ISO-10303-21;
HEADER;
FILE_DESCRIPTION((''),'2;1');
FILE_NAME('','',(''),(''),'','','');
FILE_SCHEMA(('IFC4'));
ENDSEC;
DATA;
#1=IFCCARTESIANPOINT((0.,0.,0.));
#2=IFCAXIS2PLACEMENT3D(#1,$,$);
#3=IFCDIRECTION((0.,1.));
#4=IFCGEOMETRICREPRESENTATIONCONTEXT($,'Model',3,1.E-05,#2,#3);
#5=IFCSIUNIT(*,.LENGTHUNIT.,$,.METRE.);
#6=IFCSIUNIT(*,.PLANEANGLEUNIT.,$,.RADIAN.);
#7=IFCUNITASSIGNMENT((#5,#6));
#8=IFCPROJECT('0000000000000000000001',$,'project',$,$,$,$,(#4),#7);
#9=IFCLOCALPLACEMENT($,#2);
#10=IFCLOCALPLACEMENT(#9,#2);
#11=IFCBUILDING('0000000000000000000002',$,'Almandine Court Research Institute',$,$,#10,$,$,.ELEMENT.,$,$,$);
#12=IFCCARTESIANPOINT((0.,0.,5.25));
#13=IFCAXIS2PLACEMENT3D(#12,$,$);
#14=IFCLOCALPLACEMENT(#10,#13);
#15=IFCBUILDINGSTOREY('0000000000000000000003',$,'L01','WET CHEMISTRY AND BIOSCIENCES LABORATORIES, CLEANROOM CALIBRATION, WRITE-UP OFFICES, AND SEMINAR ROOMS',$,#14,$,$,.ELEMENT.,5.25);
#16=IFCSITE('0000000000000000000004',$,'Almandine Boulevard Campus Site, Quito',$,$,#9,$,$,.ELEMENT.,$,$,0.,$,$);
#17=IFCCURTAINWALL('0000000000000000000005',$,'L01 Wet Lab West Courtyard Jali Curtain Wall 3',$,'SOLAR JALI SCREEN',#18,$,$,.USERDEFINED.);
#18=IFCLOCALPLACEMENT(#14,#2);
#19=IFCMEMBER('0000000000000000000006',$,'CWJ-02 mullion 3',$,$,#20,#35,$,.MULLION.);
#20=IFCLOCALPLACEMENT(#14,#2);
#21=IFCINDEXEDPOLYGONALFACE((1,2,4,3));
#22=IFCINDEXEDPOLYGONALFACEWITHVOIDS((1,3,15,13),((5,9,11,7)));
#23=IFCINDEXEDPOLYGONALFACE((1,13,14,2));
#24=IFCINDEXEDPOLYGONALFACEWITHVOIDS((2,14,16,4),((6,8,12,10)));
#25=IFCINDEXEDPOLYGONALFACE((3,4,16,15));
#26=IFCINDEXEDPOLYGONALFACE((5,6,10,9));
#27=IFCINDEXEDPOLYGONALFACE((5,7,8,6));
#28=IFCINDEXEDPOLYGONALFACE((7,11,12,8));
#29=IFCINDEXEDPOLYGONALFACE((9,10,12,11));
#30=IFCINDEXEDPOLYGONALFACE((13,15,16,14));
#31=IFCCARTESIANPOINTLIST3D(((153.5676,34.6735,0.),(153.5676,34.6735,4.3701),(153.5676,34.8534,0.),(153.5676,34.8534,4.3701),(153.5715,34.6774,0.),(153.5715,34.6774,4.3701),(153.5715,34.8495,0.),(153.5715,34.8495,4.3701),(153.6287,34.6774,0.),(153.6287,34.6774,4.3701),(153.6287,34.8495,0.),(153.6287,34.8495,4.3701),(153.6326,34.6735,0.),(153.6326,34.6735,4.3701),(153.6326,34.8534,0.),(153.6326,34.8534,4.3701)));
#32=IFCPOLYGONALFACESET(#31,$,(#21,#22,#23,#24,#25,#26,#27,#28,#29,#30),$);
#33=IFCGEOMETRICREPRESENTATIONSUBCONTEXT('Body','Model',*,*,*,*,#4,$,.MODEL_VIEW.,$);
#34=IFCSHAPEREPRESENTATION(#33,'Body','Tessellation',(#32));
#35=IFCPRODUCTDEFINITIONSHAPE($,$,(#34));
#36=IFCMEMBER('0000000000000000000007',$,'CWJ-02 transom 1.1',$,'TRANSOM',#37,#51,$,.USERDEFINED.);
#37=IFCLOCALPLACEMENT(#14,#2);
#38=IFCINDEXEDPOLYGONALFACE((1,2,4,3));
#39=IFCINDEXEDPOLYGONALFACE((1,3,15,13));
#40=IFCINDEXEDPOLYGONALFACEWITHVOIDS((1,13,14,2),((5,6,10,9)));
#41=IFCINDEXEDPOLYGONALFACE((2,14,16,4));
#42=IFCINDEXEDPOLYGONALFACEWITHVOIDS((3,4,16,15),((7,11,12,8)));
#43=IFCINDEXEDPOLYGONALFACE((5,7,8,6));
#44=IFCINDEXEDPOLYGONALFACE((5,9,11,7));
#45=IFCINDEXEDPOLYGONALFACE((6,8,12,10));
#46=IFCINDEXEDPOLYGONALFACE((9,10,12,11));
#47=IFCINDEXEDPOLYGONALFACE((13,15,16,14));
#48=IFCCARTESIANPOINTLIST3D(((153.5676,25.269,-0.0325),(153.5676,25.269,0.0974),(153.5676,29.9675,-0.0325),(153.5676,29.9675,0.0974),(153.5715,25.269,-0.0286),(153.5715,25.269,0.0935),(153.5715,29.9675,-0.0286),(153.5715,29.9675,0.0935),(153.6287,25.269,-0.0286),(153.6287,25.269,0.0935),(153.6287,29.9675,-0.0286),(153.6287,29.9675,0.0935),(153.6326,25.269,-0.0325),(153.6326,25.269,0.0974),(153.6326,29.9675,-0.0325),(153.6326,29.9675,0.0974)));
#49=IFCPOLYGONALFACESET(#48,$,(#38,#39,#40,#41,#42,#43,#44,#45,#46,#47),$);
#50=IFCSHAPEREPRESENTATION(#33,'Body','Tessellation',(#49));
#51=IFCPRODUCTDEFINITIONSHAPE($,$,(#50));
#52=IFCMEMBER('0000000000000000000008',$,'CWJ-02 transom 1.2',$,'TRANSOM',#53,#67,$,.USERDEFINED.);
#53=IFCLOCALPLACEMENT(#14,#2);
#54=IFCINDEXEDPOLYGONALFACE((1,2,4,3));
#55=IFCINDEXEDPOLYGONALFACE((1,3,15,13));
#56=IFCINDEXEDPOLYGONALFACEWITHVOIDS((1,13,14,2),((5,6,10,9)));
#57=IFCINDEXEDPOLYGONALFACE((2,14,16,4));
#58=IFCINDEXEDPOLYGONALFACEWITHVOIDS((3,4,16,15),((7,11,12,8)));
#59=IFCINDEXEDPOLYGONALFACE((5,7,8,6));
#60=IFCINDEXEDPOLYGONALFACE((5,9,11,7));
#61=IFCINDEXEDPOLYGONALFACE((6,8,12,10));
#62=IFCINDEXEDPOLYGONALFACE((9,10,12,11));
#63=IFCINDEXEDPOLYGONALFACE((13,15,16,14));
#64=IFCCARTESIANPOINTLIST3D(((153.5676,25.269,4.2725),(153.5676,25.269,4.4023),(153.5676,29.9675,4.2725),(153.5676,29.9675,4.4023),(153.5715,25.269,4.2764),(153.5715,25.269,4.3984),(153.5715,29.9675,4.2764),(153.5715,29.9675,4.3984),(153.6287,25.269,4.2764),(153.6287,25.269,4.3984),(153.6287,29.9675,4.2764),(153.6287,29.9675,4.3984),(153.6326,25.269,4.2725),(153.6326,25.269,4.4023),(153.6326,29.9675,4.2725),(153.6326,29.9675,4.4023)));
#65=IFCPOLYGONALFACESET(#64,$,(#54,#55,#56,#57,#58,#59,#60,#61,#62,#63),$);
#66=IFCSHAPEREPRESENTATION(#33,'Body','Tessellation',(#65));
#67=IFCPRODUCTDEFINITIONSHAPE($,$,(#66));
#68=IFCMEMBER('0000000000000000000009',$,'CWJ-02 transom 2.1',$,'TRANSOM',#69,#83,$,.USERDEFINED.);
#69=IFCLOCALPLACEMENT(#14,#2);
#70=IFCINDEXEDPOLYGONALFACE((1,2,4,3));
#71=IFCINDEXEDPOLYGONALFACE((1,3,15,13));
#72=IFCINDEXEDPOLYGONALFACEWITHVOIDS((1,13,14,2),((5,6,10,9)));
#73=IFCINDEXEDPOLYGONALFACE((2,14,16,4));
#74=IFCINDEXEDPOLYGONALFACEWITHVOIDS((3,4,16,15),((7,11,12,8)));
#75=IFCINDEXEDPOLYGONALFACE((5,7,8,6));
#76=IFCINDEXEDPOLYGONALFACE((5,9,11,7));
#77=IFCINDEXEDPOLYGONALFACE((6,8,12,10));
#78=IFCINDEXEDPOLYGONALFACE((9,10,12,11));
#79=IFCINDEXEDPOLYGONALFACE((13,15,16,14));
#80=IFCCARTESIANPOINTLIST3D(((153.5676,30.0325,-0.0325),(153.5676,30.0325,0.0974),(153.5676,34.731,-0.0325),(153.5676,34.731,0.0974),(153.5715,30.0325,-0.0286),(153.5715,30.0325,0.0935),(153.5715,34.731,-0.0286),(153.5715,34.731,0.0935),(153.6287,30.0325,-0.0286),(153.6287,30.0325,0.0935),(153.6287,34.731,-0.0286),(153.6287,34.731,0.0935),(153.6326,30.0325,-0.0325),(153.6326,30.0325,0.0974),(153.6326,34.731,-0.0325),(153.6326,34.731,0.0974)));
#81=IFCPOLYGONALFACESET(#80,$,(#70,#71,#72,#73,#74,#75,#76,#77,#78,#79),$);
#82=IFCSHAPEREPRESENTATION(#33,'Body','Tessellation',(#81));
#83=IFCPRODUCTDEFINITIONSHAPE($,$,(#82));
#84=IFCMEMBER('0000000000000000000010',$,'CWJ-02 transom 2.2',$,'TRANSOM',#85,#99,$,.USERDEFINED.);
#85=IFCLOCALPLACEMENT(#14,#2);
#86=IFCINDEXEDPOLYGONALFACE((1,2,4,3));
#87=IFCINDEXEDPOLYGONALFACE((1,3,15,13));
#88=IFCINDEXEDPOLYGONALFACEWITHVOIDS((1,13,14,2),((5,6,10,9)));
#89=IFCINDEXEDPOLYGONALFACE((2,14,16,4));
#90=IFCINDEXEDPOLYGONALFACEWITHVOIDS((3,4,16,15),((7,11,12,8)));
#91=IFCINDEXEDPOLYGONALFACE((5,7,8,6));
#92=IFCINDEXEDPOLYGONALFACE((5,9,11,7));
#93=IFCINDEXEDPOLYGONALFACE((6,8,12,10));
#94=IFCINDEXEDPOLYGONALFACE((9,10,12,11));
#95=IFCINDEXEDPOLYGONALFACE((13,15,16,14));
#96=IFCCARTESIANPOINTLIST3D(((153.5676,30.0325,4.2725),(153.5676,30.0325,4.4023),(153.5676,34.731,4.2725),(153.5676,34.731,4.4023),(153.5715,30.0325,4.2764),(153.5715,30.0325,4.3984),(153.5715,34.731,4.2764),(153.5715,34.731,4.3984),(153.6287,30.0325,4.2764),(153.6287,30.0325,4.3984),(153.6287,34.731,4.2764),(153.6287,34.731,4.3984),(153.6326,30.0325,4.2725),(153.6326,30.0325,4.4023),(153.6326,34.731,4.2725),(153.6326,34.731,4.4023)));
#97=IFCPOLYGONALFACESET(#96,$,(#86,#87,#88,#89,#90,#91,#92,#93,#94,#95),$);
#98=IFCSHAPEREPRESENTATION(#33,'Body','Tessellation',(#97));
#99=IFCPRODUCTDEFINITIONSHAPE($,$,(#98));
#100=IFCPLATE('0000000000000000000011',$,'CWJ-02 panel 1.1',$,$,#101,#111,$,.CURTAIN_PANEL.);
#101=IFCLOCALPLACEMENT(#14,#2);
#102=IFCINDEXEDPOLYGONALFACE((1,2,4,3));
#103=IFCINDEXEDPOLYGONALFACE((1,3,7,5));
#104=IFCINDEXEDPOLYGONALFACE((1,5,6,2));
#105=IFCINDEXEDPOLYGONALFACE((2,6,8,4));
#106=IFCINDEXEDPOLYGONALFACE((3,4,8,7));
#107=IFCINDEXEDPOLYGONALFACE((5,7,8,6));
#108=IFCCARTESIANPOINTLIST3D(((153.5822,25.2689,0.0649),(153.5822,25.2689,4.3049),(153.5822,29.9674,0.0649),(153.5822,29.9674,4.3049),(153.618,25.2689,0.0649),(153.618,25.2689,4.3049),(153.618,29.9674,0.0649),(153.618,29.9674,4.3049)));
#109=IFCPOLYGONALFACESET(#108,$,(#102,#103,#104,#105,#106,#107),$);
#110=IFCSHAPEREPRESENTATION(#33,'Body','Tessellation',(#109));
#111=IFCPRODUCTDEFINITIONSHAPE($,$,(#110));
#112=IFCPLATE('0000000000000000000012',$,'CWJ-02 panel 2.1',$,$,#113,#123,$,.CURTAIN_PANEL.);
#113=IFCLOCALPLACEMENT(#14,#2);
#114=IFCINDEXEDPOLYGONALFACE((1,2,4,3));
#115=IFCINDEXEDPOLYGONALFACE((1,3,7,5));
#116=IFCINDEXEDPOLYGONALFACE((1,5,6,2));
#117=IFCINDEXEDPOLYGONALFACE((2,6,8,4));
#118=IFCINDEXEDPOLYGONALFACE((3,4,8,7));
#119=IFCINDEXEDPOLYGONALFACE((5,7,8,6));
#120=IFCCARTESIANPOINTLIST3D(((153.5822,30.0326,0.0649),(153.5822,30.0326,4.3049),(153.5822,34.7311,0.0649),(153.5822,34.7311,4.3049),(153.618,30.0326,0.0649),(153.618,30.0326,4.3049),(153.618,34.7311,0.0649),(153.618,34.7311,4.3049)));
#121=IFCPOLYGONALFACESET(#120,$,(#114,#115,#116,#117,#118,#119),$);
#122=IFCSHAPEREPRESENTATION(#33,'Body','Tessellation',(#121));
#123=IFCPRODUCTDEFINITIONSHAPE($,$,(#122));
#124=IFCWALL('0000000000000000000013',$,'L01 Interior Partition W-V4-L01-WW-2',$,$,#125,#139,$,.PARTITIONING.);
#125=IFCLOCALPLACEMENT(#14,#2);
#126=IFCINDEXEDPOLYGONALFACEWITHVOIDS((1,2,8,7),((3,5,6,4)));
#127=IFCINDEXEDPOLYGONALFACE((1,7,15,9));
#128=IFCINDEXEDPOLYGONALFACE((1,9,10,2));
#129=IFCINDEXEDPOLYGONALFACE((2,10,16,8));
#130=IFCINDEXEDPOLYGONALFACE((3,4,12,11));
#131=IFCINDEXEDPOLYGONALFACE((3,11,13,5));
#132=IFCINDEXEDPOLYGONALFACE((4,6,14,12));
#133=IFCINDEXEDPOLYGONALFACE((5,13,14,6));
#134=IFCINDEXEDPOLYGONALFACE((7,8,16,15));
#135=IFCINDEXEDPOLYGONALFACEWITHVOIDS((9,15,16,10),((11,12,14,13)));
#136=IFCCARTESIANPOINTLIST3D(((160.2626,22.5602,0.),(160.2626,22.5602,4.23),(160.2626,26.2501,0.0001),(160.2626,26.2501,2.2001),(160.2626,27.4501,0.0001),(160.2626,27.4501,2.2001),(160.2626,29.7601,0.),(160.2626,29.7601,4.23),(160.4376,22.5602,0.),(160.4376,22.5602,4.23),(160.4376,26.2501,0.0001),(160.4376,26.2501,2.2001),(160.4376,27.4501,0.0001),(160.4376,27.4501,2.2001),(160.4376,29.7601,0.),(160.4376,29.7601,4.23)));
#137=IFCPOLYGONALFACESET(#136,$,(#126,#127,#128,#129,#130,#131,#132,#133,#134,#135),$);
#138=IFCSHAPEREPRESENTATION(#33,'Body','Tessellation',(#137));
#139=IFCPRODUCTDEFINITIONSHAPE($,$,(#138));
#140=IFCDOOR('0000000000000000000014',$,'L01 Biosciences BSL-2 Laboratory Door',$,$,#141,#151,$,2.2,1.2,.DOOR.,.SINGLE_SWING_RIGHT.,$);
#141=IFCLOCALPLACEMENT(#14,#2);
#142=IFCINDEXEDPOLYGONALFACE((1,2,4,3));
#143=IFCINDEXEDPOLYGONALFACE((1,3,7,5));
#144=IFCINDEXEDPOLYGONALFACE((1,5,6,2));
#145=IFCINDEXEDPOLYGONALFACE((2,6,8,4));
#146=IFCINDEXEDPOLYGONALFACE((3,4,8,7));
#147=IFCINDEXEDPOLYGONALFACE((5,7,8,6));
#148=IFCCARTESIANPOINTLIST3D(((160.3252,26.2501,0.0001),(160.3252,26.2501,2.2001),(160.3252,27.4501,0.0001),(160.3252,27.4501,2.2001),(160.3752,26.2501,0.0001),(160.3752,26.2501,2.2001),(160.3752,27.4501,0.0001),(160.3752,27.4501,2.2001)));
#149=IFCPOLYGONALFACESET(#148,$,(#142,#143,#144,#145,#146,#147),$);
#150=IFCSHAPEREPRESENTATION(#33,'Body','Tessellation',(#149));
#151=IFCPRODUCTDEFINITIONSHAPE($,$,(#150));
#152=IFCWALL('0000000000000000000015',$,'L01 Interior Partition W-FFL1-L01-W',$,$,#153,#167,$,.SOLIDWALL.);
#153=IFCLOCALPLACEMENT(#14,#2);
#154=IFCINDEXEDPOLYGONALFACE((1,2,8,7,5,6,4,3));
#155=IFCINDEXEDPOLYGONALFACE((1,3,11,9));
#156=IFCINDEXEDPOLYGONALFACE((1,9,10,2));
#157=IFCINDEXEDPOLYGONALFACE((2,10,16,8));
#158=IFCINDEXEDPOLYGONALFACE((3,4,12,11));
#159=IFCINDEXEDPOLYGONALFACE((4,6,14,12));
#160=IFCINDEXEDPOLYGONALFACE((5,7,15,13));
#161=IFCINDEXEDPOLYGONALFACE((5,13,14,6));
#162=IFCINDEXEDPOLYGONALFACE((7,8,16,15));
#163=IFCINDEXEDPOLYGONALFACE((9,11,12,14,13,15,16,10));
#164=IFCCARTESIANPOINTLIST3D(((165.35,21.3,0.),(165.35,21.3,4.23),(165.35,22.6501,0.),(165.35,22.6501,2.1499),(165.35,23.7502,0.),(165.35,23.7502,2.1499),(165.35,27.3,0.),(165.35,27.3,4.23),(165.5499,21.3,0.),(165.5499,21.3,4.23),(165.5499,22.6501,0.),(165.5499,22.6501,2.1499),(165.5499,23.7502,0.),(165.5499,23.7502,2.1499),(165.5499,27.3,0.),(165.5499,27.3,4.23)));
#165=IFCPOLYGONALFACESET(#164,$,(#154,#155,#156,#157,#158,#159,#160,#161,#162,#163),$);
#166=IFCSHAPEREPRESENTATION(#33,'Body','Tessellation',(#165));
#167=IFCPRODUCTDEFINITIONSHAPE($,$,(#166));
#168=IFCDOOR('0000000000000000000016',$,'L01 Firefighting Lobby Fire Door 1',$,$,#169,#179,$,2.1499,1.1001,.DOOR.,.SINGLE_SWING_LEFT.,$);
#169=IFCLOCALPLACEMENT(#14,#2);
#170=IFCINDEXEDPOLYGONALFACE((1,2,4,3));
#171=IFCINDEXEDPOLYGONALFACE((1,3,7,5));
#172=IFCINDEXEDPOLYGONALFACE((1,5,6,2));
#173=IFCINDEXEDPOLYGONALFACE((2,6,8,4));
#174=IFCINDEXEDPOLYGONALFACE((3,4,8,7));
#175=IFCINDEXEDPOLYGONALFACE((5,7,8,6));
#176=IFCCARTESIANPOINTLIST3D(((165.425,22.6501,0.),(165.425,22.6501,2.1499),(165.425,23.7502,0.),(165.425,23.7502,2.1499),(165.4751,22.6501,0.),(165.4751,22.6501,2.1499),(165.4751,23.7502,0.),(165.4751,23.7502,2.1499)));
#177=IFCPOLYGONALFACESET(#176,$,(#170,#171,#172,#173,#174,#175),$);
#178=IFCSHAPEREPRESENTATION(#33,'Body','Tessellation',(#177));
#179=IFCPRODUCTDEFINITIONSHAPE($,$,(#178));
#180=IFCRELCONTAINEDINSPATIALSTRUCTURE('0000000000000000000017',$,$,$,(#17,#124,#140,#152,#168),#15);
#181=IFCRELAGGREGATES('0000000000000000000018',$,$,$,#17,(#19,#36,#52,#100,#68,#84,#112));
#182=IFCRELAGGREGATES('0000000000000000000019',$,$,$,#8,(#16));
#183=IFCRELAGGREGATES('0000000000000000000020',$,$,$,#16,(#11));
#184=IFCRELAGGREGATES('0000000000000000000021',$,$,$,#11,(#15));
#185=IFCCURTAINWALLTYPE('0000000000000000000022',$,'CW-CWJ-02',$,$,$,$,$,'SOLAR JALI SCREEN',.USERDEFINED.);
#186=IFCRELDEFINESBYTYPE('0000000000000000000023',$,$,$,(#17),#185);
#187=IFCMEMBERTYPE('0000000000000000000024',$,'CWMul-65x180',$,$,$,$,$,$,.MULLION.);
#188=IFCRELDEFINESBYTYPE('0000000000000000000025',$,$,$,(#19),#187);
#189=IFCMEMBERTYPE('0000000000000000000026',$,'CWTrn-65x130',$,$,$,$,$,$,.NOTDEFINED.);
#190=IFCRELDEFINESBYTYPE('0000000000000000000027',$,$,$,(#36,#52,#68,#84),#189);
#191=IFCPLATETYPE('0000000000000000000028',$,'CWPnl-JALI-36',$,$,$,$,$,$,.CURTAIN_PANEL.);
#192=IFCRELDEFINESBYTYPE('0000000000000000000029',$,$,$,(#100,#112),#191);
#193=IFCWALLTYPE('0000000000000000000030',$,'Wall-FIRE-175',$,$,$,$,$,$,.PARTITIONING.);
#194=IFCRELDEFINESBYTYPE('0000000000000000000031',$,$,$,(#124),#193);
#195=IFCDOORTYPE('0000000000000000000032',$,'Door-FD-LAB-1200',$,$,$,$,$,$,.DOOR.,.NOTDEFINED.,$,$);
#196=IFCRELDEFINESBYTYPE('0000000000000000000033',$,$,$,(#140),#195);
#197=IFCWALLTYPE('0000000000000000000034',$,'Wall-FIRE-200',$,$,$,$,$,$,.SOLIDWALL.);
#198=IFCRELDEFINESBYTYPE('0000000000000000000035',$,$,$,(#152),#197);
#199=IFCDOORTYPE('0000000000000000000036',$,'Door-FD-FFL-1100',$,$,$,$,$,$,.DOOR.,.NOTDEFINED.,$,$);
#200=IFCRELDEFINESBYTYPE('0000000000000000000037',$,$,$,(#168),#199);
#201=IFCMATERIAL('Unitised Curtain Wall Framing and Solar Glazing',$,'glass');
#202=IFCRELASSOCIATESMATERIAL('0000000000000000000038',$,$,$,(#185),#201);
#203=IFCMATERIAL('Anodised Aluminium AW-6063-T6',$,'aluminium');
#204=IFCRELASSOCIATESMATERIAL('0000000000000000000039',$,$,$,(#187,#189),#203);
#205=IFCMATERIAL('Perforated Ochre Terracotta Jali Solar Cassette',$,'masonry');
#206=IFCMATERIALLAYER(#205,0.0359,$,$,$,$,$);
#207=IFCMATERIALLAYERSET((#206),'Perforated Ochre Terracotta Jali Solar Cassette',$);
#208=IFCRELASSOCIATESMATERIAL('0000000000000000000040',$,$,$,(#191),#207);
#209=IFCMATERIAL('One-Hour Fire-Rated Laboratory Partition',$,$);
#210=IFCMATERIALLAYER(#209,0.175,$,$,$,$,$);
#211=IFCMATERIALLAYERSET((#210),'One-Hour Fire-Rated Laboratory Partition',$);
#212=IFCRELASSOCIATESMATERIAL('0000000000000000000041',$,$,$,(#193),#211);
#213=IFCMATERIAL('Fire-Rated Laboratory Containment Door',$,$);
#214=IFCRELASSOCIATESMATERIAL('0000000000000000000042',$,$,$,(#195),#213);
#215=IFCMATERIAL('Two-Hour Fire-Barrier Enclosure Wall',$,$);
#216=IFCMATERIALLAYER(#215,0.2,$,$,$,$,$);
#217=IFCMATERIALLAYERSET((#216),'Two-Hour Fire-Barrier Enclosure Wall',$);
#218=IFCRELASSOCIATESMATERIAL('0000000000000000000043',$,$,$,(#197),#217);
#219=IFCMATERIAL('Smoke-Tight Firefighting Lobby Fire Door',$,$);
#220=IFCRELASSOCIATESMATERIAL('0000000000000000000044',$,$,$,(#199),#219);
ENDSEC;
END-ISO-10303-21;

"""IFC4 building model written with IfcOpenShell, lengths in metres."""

from ifc_helpers import new_model, si_unit, direction, frame, frame_2d, origin, origin_2d, place, context, subcontext, project, spatial, rectangle, hollow_rectangle, extrude, material, layer, layer_set, material_profile, profile_set, type_object, element, fill, aggregate, save


model = new_model("IFC4")

# Units and contexts
model_context = context("Model", 3, precision=1e-05, world=origin(), true_north=direction((0.0, 1.0)))
body_context = subcontext(model_context, "Body", "Model", "MODEL_VIEW")
ifc_project = project(units=[si_unit("LENGTHUNIT", "METRE"), si_unit("PLANEANGLEUNIT", "RADIAN")], contexts=[model_context])

# Site, building, storey
site_placement = place(None, origin())
site = spatial("IfcSite", under=ifc_project, at=site_placement, Name="Almandine Boulevard Campus Site, Quito", CompositionType="ELEMENT", RefElevation=0.0)
building_placement = place(site_placement, origin())
building = spatial("IfcBuilding", under=site, at=building_placement, Name="Almandine Court Research Institute", CompositionType="ELEMENT")
storey_placement = place(building_placement, frame((0.0, 0.0, 5.25)))
storey = spatial("IfcBuildingStorey", under=building, at=storey_placement, Name="L01", Description="WET CHEMISTRY AND BIOSCIENCES LABORATORIES, CLEANROOM CALIBRATION, WRITE-UP OFFICES, AND SEMINAR ROOMS", CompositionType="ELEMENT", Elevation=5.25)

# Curtain wall, members, plates
ifc_material_1 = material(Name="Unitised Curtain Wall Framing and Solar Glazing", Category="glass")
curtain_wall_type = type_object("IfcCurtainWallType", Name="CW-CWJ-02", ElementType="SOLAR JALI SCREEN", PredefinedType="USERDEFINED", material=ifc_material_1)
curtain_wall_placement = place(storey_placement, origin())
curtain_wall = element("IfcCurtainWall", 1, at=curtain_wall_placement, inside=storey, type_object=curtain_wall_type, Name="L01 Wet Lab West Courtyard Jali Curtain Wall 3", ObjectType="SOLAR JALI SCREEN", PredefinedType="USERDEFINED")
ifc_material_2 = material(Name="Anodised Aluminium AW-6063-T6", Category="aluminium")
ifc_material_profile_1 = material_profile(ifc_material_2, hollow_rectangle(XDim=0.0649, YDim=0.1799, WallThickness=0.0039, at=origin_2d()), Name="ALU RHS 65x180x4")
ifc_profile_set_1 = profile_set([ifc_material_profile_1], Name="Anodised Aluminium AW-6063-T6")
member_type_1 = type_object("IfcMemberType", Name="CWMul-65x180", PredefinedType="MULLION", material=ifc_profile_set_1)
member_1_placement = place(storey_placement, frame((153.6001, 34.7634, 0.0), z_axis=(0.0, 0.0, 1.0), x_axis=(-1.0, 0.0, 0.0)))
member_1 = element("IfcMember", 2, at=member_1_placement, type_object=member_type_1, Name="CWJ-02 mullion 3", PredefinedType="MULLION", context=body_context, shape_type="SweptSolid", body=[
    extrude(hollow_rectangle(XDim=0.0649, YDim=0.1799, WallThickness=0.0039, at=origin_2d()), origin(), (0.0, 0.0, 1.0), 4.3701),
])
ifc_material_profile_2 = material_profile(ifc_material_2, hollow_rectangle(XDim=0.0649, YDim=0.1299, WallThickness=0.0039, at=origin_2d()), Name="ALU RHS 65x130x4")
ifc_profile_set_2 = profile_set([ifc_material_profile_2], Name="Anodised Aluminium AW-6063-T6")
member_type_2 = type_object("IfcMemberType", Name="CWTrn-65x130", PredefinedType="NOTDEFINED", material=ifc_profile_set_2)
member_2_placement = place(storey_placement, frame((153.6001, 25.269, 0.0325), z_axis=(0.0, 1.0, 0.0), x_axis=(-1.0, 0.0, 0.0)))
member_2 = element("IfcMember", 3, at=member_2_placement, type_object=member_type_2, Name="CWJ-02 transom 1.1", ObjectType="TRANSOM", PredefinedType="USERDEFINED", context=body_context, shape_type="SweptSolid", body=[
    extrude(hollow_rectangle(XDim=0.0649, YDim=0.1299, WallThickness=0.0039, at=origin_2d()), origin(), (0.0, 0.0, 1.0), 4.6985),
])
member_3_placement = place(storey_placement, frame((153.6001, 25.269, 4.3374), z_axis=(0.0, 1.0, 0.0), x_axis=(-1.0, 0.0, 0.0)))
member_3 = element("IfcMember", 4, at=member_3_placement, type_object=member_type_2, Name="CWJ-02 transom 1.2", ObjectType="TRANSOM", PredefinedType="USERDEFINED", context=body_context, shape_type="SweptSolid", body=[
    extrude(hollow_rectangle(XDim=0.0649, YDim=0.1299, WallThickness=0.0039, at=origin_2d()), origin(), (0.0, 0.0, 1.0), 4.6985),
])
member_4_placement = place(storey_placement, frame((153.6001, 30.0325, 0.0325), z_axis=(0.0, 1.0, 0.0), x_axis=(-1.0, 0.0, 0.0)))
member_4 = element("IfcMember", 5, at=member_4_placement, type_object=member_type_2, Name="CWJ-02 transom 2.1", ObjectType="TRANSOM", PredefinedType="USERDEFINED", context=body_context, shape_type="SweptSolid", body=[
    extrude(hollow_rectangle(XDim=0.0649, YDim=0.1299, WallThickness=0.0039, at=origin_2d()), origin(), (0.0, 0.0, 1.0), 4.6985),
])
member_5_placement = place(storey_placement, frame((153.6001, 30.0325, 4.3374), z_axis=(0.0, 1.0, 0.0), x_axis=(-1.0, 0.0, 0.0)))
member_5 = element("IfcMember", 6, at=member_5_placement, type_object=member_type_2, Name="CWJ-02 transom 2.2", ObjectType="TRANSOM", PredefinedType="USERDEFINED", context=body_context, shape_type="SweptSolid", body=[
    extrude(hollow_rectangle(XDim=0.0649, YDim=0.1299, WallThickness=0.0039, at=origin_2d()), origin(), (0.0, 0.0, 1.0), 4.6985),
])
ifc_material_3 = material(Name="Perforated Ochre Terracotta Jali Solar Cassette", Category="masonry")
ifc_layer_1 = layer(ifc_material_3, 0.0359)
ifc_layer_set_1 = layer_set([ifc_layer_1], Name="Perforated Ochre Terracotta Jali Solar Cassette")
plate_type = type_object("IfcPlateType", Name="CWPnl-JALI-36", PredefinedType="CURTAIN_PANEL", material=ifc_layer_set_1)
plate_1_placement = place(storey_placement, frame((153.6001, 27.6182, 0.0649), z_axis=(0.0, 0.0, 1.0), x_axis=(0.0, 1.0, 0.0)))
plate_1 = element("IfcPlate", 7, at=plate_1_placement, type_object=plate_type, Name="CWJ-02 panel 1.1", PredefinedType="CURTAIN_PANEL", context=body_context, shape_type="SweptSolid", body=[
    extrude(rectangle(XDim=4.6985, YDim=0.0359, at=origin_2d()), origin(), (0.0, 0.0, 1.0), 4.24),
])
plate_2_placement = place(storey_placement, frame((153.6001, 32.3818, 0.0649), z_axis=(0.0, 0.0, 1.0), x_axis=(0.0, 1.0, 0.0)))
plate_2 = element("IfcPlate", 8, at=plate_2_placement, type_object=plate_type, Name="CWJ-02 panel 2.1", PredefinedType="CURTAIN_PANEL", context=body_context, shape_type="SweptSolid", body=[
    extrude(rectangle(XDim=4.6985, YDim=0.0359, at=origin_2d()), origin(), (0.0, 0.0, 1.0), 4.24),
])
aggregate(curtain_wall, [member_1, member_2, member_3, plate_1, member_4, member_5, plate_2])

# Walls, openings, doors
ifc_material_4 = material(Name="One-Hour Fire-Rated Laboratory Partition")
ifc_layer_2 = layer(ifc_material_4, 0.175)
ifc_layer_set_2 = layer_set([ifc_layer_2], Name="One-Hour Fire-Rated Laboratory Partition")
wall_type_1 = type_object("IfcWallType", Name="Wall-FIRE-175", PredefinedType="PARTITIONING", material=ifc_layer_set_2)
wall_1_placement = place(storey_placement, frame((160.3501, 22.5601, 0.0), z_axis=(0.0, 0.0, 1.0), x_axis=(0.0, 1.0, 0.0)))
wall_1 = element("IfcWall", 9, at=wall_1_placement, inside=storey, type_object=wall_type_1, Name="L01 Interior Partition W-V4-L01-WW-2", PredefinedType="PARTITIONING", context=body_context, shape_type="SweptSolid", body=[
    extrude(rectangle(XDim=7.2, YDim=0.175, at=frame_2d((3.6001, 0.0))), origin(), (0.0, 0.0, 1.0), 4.23),
])
opening_1_placement = place(wall_1_placement, frame((3.6899, 0.0, 0.0)))
opening_1 = element("IfcOpeningElement", 10, at=opening_1_placement, cuts=wall_1, PredefinedType="OPENING", context=body_context, shape_type="SweptSolid", body=[
    extrude(rectangle(XDim=1.2, YDim=2.2, at=frame_2d((0.6001, 1.1001))), frame((0.0, 0.0974, 0.0), z_axis=(0.0, -1.0, 0.0), x_axis=(1.0, 0.0, 0.0)), (0.0, 0.0, 1.0), 0.1951),
])
ifc_material_5 = material(Name="Fire-Rated Laboratory Containment Door")
door_type_1 = type_object("IfcDoorType", Name="Door-FD-LAB-1200", OperationType="NOTDEFINED", PredefinedType="DOOR", material=ifc_material_5)
door_1_placement = place(opening_1_placement, origin())
door_1 = element("IfcDoor", 11, at=door_1_placement, inside=storey, type_object=door_type_1, Name="L01 Biosciences BSL-2 Laboratory Door", OperationType="SINGLE_SWING_RIGHT", OverallHeight=2.2, OverallWidth=1.2, PredefinedType="DOOR", context=body_context, shape_type="SweptSolid", body=[
    extrude(rectangle(XDim=1.2, YDim=2.2, at=frame_2d((0.6001, 1.1001))), frame((0.0, 0.0249, 0.0), z_axis=(0.0, -1.0, 0.0), x_axis=(1.0, 0.0, 0.0)), (0.0, 0.0, 1.0), 0.05),
])
fill(opening_1, door_1)
ifc_material_6 = material(Name="Two-Hour Fire-Barrier Enclosure Wall")
ifc_layer_3 = layer(ifc_material_6, 0.2)
ifc_layer_set_3 = layer_set([ifc_layer_3], Name="Two-Hour Fire-Barrier Enclosure Wall")
wall_type_2 = type_object("IfcWallType", Name="Wall-FIRE-200", PredefinedType="SOLIDWALL", material=ifc_layer_set_3)
wall_2_placement = place(storey_placement, frame((165.45, 21.3, 0.0), z_axis=(0.0, 0.0, 1.0), x_axis=(0.0, 1.0, 0.0)))
wall_2 = element("IfcWall", 12, at=wall_2_placement, inside=storey, type_object=wall_type_2, Name="L01 Interior Partition W-FFL1-L01-W", PredefinedType="SOLIDWALL", context=body_context, shape_type="SweptSolid", body=[
    extrude(rectangle(XDim=6.0, YDim=0.2, at=frame_2d((3.0, 0.0))), origin(), (0.0, 0.0, 1.0), 4.23),
])
opening_2_placement = place(wall_2_placement, frame((1.3501, 0.0, 0.0)))
opening_2 = element("IfcOpeningElement", 13, at=opening_2_placement, cuts=wall_2, PredefinedType="OPENING", context=body_context, shape_type="SweptSolid", body=[
    extrude(rectangle(XDim=1.1001, YDim=2.1499, at=frame_2d((0.55, 1.075))), frame((0.0, 0.1099, 0.0), z_axis=(0.0, -1.0, 0.0), x_axis=(1.0, 0.0, 0.0)), (0.0, 0.0, 1.0), 0.22),
])
ifc_material_7 = material(Name="Smoke-Tight Firefighting Lobby Fire Door")
door_type_2 = type_object("IfcDoorType", Name="Door-FD-FFL-1100", OperationType="NOTDEFINED", PredefinedType="DOOR", material=ifc_material_7)
door_2_placement = place(opening_2_placement, origin())
door_2 = element("IfcDoor", 14, at=door_2_placement, inside=storey, type_object=door_type_2, Name="L01 Firefighting Lobby Fire Door 1", OperationType="SINGLE_SWING_LEFT", OverallHeight=2.1499, OverallWidth=1.1001, PredefinedType="DOOR", context=body_context, shape_type="SweptSolid", body=[
    extrude(rectangle(XDim=1.1001, YDim=2.1499, at=frame_2d((0.55, 1.075))), frame((0.0, 0.0249, 0.0), z_axis=(0.0, -1.0, 0.0), x_axis=(1.0, 0.0, 0.0)), (0.0, 0.0, 1.0), 0.05),
])
fill(opening_2, door_2)

save(model, "model.ifc")
